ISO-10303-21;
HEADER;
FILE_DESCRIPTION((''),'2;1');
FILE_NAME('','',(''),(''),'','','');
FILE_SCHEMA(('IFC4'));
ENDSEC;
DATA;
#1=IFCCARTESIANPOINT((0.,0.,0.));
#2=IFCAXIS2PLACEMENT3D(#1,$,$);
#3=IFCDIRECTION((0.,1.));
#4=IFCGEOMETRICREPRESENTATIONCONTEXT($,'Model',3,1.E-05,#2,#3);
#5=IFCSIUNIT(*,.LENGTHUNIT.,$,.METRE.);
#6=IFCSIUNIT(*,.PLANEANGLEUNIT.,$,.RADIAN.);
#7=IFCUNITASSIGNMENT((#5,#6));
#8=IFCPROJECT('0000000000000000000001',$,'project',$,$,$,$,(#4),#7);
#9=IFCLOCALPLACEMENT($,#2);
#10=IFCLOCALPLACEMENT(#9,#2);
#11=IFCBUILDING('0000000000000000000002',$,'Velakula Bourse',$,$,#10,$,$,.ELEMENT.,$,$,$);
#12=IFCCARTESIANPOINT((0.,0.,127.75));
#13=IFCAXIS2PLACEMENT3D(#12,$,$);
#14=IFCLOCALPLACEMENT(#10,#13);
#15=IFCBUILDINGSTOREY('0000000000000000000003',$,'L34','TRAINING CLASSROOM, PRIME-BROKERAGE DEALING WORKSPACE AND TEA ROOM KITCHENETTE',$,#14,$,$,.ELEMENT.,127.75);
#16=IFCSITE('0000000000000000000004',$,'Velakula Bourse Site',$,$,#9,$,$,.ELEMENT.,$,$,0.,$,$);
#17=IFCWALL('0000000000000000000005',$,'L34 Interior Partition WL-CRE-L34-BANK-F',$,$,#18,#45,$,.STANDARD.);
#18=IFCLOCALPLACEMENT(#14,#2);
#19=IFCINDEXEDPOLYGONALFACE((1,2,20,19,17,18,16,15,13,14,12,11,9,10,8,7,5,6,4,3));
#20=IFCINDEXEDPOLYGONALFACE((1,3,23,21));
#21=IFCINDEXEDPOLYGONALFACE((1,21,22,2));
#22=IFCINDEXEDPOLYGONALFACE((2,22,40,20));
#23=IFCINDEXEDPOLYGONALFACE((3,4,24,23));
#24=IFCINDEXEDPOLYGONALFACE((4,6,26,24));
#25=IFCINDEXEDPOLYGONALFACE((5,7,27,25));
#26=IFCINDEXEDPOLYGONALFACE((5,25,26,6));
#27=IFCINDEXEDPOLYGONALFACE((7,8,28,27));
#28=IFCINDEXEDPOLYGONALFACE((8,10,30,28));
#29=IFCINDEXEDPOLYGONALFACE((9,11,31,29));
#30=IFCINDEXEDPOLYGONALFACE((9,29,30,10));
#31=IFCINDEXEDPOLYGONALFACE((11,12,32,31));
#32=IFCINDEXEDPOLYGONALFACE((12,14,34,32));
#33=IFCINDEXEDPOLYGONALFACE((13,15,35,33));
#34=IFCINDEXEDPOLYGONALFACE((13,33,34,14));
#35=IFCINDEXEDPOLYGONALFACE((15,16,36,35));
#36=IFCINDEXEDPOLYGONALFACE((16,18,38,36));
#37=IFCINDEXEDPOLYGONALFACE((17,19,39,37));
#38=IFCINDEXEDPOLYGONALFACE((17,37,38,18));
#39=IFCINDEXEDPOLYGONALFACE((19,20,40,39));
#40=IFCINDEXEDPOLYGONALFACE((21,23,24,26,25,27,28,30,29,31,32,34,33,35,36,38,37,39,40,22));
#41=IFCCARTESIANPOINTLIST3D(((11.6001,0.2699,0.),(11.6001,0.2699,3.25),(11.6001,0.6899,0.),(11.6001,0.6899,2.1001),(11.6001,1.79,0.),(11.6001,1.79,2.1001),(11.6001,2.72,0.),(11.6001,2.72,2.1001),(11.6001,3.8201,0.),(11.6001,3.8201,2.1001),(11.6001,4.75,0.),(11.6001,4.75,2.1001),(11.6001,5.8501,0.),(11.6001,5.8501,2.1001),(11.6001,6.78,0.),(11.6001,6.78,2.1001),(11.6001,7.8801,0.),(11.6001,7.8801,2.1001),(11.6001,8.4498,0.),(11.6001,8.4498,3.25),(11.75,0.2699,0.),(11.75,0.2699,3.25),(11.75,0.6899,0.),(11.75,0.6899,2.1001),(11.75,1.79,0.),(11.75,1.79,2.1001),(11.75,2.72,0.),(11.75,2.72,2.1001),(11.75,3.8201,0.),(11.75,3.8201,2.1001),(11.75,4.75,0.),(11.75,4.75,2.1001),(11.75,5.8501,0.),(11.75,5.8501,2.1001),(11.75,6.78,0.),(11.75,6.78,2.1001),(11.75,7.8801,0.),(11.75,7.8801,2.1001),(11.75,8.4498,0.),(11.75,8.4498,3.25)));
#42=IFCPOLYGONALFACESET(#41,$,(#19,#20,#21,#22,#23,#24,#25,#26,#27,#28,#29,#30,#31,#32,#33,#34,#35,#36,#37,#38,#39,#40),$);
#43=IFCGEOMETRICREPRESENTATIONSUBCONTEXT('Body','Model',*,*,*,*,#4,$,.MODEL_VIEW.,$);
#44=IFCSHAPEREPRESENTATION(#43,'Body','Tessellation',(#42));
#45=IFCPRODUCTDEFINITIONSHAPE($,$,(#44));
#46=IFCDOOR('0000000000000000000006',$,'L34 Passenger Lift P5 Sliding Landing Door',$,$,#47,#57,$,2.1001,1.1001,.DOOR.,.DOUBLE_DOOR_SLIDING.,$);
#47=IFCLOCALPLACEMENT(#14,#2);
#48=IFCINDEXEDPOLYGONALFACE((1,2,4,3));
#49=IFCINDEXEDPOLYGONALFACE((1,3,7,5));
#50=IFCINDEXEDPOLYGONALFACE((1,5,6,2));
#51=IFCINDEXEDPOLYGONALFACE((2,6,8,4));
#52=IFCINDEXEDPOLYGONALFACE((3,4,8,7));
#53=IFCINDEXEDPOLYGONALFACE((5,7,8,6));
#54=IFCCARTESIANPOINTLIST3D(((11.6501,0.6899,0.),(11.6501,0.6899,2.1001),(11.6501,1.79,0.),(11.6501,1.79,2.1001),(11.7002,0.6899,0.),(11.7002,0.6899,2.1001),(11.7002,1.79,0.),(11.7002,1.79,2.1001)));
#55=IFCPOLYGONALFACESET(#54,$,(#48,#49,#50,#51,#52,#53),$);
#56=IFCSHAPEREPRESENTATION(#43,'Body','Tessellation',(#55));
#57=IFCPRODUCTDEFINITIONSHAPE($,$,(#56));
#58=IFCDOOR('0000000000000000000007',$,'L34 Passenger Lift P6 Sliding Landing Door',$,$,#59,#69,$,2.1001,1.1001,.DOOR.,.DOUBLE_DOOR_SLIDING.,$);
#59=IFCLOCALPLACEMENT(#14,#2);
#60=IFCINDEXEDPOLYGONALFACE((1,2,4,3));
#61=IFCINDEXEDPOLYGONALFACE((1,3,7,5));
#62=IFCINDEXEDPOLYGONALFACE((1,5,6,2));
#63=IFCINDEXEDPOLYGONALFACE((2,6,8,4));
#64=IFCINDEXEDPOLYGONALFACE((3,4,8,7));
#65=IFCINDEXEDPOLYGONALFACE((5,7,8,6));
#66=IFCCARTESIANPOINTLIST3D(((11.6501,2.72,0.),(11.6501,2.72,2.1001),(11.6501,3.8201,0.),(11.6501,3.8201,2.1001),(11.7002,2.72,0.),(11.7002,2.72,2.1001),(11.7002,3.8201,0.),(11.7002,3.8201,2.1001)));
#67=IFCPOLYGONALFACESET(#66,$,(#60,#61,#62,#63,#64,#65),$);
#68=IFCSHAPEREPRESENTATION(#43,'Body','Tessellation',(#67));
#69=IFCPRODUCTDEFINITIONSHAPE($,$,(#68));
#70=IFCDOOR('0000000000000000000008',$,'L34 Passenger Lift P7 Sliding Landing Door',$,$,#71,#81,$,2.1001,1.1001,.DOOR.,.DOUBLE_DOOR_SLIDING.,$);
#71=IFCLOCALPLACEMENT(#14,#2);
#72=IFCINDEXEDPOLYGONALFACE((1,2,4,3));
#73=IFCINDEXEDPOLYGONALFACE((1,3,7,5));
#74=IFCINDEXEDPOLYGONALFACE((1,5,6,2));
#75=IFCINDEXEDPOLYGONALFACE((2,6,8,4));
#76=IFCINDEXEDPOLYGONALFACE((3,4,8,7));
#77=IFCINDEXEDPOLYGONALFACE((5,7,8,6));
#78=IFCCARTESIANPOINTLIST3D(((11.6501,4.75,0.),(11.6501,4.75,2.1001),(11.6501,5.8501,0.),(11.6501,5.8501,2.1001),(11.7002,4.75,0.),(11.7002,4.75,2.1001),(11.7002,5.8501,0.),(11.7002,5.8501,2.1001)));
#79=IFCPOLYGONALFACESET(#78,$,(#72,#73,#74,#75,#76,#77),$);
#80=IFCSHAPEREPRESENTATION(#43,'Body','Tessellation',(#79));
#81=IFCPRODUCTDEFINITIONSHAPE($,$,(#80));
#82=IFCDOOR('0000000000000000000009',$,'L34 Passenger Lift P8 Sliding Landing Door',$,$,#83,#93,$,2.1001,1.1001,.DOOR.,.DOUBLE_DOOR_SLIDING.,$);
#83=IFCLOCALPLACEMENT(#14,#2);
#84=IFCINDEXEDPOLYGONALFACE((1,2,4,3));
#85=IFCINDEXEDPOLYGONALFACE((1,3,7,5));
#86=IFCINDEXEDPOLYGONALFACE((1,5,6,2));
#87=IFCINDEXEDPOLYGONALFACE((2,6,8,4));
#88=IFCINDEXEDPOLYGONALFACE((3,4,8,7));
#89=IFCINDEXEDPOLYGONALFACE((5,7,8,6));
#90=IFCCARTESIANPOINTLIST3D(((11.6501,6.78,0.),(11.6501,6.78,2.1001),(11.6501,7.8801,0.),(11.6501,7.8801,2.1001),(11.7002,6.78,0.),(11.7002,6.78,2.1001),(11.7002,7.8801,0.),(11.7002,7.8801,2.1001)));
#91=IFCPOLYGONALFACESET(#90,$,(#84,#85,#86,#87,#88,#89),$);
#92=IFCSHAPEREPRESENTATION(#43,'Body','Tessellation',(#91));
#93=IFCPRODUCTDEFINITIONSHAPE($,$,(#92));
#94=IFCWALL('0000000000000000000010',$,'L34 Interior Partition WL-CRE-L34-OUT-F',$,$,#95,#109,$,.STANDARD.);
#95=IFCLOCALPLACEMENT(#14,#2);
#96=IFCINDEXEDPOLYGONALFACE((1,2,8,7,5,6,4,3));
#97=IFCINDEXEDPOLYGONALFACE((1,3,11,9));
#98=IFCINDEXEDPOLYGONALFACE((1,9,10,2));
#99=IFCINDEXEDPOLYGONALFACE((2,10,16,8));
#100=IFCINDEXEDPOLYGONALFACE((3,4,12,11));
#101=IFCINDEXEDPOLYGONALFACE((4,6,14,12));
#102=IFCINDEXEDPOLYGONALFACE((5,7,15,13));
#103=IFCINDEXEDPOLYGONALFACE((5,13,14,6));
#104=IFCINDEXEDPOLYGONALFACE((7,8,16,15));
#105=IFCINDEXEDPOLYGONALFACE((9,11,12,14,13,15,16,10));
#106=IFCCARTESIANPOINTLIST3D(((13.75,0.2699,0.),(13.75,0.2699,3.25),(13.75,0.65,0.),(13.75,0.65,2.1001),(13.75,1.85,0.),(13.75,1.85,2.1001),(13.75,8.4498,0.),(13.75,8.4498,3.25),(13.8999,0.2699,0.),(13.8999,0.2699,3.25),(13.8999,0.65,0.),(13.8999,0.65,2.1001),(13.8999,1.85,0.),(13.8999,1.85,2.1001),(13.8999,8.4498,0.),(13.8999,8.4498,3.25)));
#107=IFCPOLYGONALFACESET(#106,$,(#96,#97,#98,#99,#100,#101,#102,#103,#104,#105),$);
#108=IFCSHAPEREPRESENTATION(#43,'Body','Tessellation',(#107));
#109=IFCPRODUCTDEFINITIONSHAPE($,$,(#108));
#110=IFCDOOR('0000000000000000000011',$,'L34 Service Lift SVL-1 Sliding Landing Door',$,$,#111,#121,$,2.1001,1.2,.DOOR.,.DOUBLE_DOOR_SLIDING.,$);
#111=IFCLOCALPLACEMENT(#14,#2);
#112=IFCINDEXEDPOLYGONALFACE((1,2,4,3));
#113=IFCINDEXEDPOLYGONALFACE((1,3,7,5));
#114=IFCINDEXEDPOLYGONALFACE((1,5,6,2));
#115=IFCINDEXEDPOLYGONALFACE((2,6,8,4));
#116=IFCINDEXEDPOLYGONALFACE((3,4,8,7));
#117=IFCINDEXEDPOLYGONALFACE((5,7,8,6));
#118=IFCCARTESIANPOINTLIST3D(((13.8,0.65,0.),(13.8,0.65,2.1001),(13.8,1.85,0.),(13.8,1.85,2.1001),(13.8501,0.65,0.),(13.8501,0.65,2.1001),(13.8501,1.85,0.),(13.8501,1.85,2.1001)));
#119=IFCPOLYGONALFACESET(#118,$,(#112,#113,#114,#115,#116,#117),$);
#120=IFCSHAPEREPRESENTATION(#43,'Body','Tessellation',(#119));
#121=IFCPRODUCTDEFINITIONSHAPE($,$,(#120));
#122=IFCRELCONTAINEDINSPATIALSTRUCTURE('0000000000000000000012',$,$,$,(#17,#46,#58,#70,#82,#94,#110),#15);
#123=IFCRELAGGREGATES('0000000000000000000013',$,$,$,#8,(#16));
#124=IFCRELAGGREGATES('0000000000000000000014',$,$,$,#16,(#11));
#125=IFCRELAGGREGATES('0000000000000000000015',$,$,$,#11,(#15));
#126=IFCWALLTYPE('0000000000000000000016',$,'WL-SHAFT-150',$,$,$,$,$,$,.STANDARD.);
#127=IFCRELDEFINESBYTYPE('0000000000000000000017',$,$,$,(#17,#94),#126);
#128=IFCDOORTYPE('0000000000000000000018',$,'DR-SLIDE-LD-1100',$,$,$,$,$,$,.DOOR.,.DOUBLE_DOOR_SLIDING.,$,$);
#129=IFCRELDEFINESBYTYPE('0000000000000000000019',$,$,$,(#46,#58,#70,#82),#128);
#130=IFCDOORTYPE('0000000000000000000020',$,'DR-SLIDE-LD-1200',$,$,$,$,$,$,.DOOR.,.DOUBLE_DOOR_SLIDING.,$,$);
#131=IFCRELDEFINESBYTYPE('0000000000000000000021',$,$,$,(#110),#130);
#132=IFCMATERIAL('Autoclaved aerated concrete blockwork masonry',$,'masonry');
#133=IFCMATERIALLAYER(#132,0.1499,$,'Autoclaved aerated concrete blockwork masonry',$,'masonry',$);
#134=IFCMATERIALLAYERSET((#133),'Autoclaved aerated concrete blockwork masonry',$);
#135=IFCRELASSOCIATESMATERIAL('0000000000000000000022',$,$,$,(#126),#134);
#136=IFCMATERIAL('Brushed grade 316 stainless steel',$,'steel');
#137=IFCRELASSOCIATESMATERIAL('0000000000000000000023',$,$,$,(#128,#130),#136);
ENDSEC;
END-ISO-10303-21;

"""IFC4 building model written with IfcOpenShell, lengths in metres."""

from ifc_helpers import new_model, si_unit, direction, frame, frame_2d, origin, place, context, subcontext, project, spatial, rectangle, extrude, material, layer, layer_set, type_object, element, fill, save


model = new_model("IFC4")

# Units and contexts
model_context = context("Model", 3, precision=1e-05, world=origin(), true_north=direction((0.0, 1.0)))
body_context = subcontext(model_context, "Body", "Model", "MODEL_VIEW")
ifc_project = project(units=[si_unit("LENGTHUNIT", "METRE"), si_unit("PLANEANGLEUNIT", "RADIAN")], contexts=[model_context])

# Site, building, storey
site_placement = place(None, origin())
site = spatial("IfcSite", under=ifc_project, at=site_placement, Name="Velakula Bourse Site", CompositionType="ELEMENT", RefElevation=0.0)
building_placement = place(site_placement, origin())
building = spatial("IfcBuilding", under=site, at=building_placement, Name="Velakula Bourse", CompositionType="ELEMENT")
storey_placement = place(building_placement, frame((0.0, 0.0, 127.75)))
storey = spatial("IfcBuildingStorey", under=building, at=storey_placement, Name="L34", Description="TRAINING CLASSROOM, PRIME-BROKERAGE DEALING WORKSPACE AND TEA ROOM KITCHENETTE", CompositionType="ELEMENT", Elevation=127.75)

# Shared definitions
ifc_material_1 = material(Name="Autoclaved aerated concrete blockwork masonry", Category="masonry")
ifc_layer_1 = layer(ifc_material_1, 0.1499, Name="Autoclaved aerated concrete blockwork masonry", Category="masonry")
ifc_layer_set_1 = layer_set([ifc_layer_1], Name="Autoclaved aerated concrete blockwork masonry")
wall_type_1 = type_object("IfcWallType", Name="WL-SHAFT-150", PredefinedType="STANDARD", material=ifc_layer_set_1)

# Wall, openings, doors
wall_1_placement = place(storey_placement, frame((11.675, 0.27, 0.0), z_axis=(0.0, 0.0, 1.0), x_axis=(0.0, 1.0, 0.0)))
wall_1 = element("IfcWall", 1, at=wall_1_placement, inside=storey, type_object=wall_type_1, Name="L34 Interior Partition WL-CRE-L34-BANK-F", PredefinedType="STANDARD", context=body_context, shape_type="SweptSolid", body=[
    extrude(rectangle(XDim=8.1799, YDim=0.1499, at=frame_2d((4.0898, 0.0))), origin(), (0.0, 0.0, 1.0), 3.25),
])
opening_1_placement = place(wall_1_placement, frame((0.4199, 0.0, 0.0)))
opening_1 = element("IfcOpeningElement", 2, at=opening_1_placement, cuts=wall_1, PredefinedType="OPENING", context=body_context, shape_type="SweptSolid", body=[
    extrude(rectangle(XDim=1.1001, YDim=2.1001, at=frame_2d((0.55, 1.05))), frame((0.0, 0.085, 0.0), z_axis=(0.0, -1.0, 0.0), x_axis=(1.0, 0.0, 0.0)), (0.0, 0.0, 1.0), 0.1699),
])
opening_2_placement = place(wall_1_placement, frame((2.45, 0.0, 0.0)))
opening_2 = element("IfcOpeningElement", 3, at=opening_2_placement, cuts=wall_1, PredefinedType="OPENING", context=body_context, shape_type="SweptSolid", body=[
    extrude(rectangle(XDim=1.1001, YDim=2.1001, at=frame_2d((0.55, 1.05))), frame((0.0, 0.085, 0.0), z_axis=(0.0, -1.0, 0.0), x_axis=(1.0, 0.0, 0.0)), (0.0, 0.0, 1.0), 0.1699),
])
opening_3_placement = place(wall_1_placement, frame((4.48, 0.0, 0.0)))
opening_3 = element("IfcOpeningElement", 4, at=opening_3_placement, cuts=wall_1, PredefinedType="OPENING", context=body_context, shape_type="SweptSolid", body=[
    extrude(rectangle(XDim=1.1001, YDim=2.1001, at=frame_2d((0.55, 1.05))), frame((0.0, 0.085, 0.0), z_axis=(0.0, -1.0, 0.0), x_axis=(1.0, 0.0, 0.0)), (0.0, 0.0, 1.0), 0.1699),
])
opening_4_placement = place(wall_1_placement, frame((6.51, 0.0, 0.0)))
opening_4 = element("IfcOpeningElement", 5, at=opening_4_placement, cuts=wall_1, PredefinedType="OPENING", context=body_context, shape_type="SweptSolid", body=[
    extrude(rectangle(XDim=1.1001, YDim=2.1001, at=frame_2d((0.55, 1.05))), frame((0.0, 0.085, 0.0), z_axis=(0.0, -1.0, 0.0), x_axis=(1.0, 0.0, 0.0)), (0.0, 0.0, 1.0), 0.1699),
])
ifc_material_2 = material(Name="Brushed grade 316 stainless steel", Category="steel")
door_type_1 = type_object("IfcDoorType", Name="DR-SLIDE-LD-1100", OperationType="DOUBLE_DOOR_SLIDING", PredefinedType="DOOR", material=ifc_material_2)
door_1_placement = place(opening_1_placement, origin())
door_1 = element("IfcDoor", 6, at=door_1_placement, inside=storey, type_object=door_type_1, Name="L34 Passenger Lift P5 Sliding Landing Door", OperationType="DOUBLE_DOOR_SLIDING", OverallHeight=2.1001, OverallWidth=1.1001, PredefinedType="DOOR", context=body_context, shape_type="SweptSolid", body=[
    extrude(rectangle(XDim=1.1001, YDim=2.1001, at=frame_2d((0.55, 1.05))), frame((0.0, 0.0249, 0.0), z_axis=(0.0, -1.0, 0.0), x_axis=(1.0, 0.0, 0.0)), (0.0, 0.0, 1.0), 0.05),
])
fill(opening_1, door_1)
door_2_placement = place(opening_2_placement, origin())
door_2 = element("IfcDoor", 7, at=door_2_placement, inside=storey, type_object=door_type_1, Name="L34 Passenger Lift P6 Sliding Landing Door", OperationType="DOUBLE_DOOR_SLIDING", OverallHeight=2.1001, OverallWidth=1.1001, PredefinedType="DOOR", context=body_context, shape_type="SweptSolid", body=[
    extrude(rectangle(XDim=1.1001, YDim=2.1001, at=frame_2d((0.55, 1.05))), frame((0.0, 0.0249, 0.0), z_axis=(0.0, -1.0, 0.0), x_axis=(1.0, 0.0, 0.0)), (0.0, 0.0, 1.0), 0.05),
])
fill(opening_2, door_2)
door_3_placement = place(opening_3_placement, origin())
door_3 = element("IfcDoor", 8, at=door_3_placement, inside=storey, type_object=door_type_1, Name="L34 Passenger Lift P7 Sliding Landing Door", OperationType="DOUBLE_DOOR_SLIDING", OverallHeight=2.1001, OverallWidth=1.1001, PredefinedType="DOOR", context=body_context, shape_type="SweptSolid", body=[
    extrude(rectangle(XDim=1.1001, YDim=2.1001, at=frame_2d((0.55, 1.05))), frame((0.0, 0.0249, 0.0), z_axis=(0.0, -1.0, 0.0), x_axis=(1.0, 0.0, 0.0)), (0.0, 0.0, 1.0), 0.05),
])
fill(opening_3, door_3)
door_4_placement = place(opening_4_placement, origin())
door_4 = element("IfcDoor", 9, at=door_4_placement, inside=storey, type_object=door_type_1, Name="L34 Passenger Lift P8 Sliding Landing Door", OperationType="DOUBLE_DOOR_SLIDING", OverallHeight=2.1001, OverallWidth=1.1001, PredefinedType="DOOR", context=body_context, shape_type="SweptSolid", body=[
    extrude(rectangle(XDim=1.1001, YDim=2.1001, at=frame_2d((0.55, 1.05))), frame((0.0, 0.0249, 0.0), z_axis=(0.0, -1.0, 0.0), x_axis=(1.0, 0.0, 0.0)), (0.0, 0.0, 1.0), 0.05),
])
fill(opening_4, door_4)

# Wall, opening, door
wall_2_placement = place(storey_placement, frame((13.825, 0.27, 0.0), z_axis=(0.0, 0.0, 1.0), x_axis=(0.0, 1.0, 0.0)))
wall_2 = element("IfcWall", 10, at=wall_2_placement, inside=storey, type_object=wall_type_1, Name="L34 Interior Partition WL-CRE-L34-OUT-F", PredefinedType="STANDARD", context=body_context, shape_type="SweptSolid", body=[
    extrude(rectangle(XDim=8.1799, YDim=0.1499, at=frame_2d((4.0898, 0.0))), origin(), (0.0, 0.0, 1.0), 3.25),
])
opening_5_placement = place(wall_2_placement, frame((0.3799, 0.0, 0.0)))
opening_5 = element("IfcOpeningElement", 11, at=opening_5_placement, cuts=wall_2, PredefinedType="OPENING", context=body_context, shape_type="SweptSolid", body=[
    extrude(rectangle(XDim=1.2, YDim=2.1001, at=frame_2d((0.6001, 1.05))), frame((0.0, 0.085, 0.0), z_axis=(0.0, -1.0, 0.0), x_axis=(1.0, 0.0, 0.0)), (0.0, 0.0, 1.0), 0.1699),
])
door_type_2 = type_object("IfcDoorType", Name="DR-SLIDE-LD-1200", OperationType="DOUBLE_DOOR_SLIDING", PredefinedType="DOOR", material=ifc_material_2)
door_5_placement = place(opening_5_placement, origin())
door_5 = element("IfcDoor", 12, at=door_5_placement, inside=storey, type_object=door_type_2, Name="L34 Service Lift SVL-1 Sliding Landing Door", OperationType="DOUBLE_DOOR_SLIDING", OverallHeight=2.1001, OverallWidth=1.2, PredefinedType="DOOR", context=body_context, shape_type="SweptSolid", body=[
    extrude(rectangle(XDim=1.2, YDim=2.1001, at=frame_2d((0.6001, 1.05))), frame((0.0, 0.0249, 0.0), z_axis=(0.0, -1.0, 0.0), x_axis=(1.0, 0.0, 0.0)), (0.0, 0.0, 1.0), 0.05),
])
fill(opening_5, door_5)

save(model, "model.ifc")
